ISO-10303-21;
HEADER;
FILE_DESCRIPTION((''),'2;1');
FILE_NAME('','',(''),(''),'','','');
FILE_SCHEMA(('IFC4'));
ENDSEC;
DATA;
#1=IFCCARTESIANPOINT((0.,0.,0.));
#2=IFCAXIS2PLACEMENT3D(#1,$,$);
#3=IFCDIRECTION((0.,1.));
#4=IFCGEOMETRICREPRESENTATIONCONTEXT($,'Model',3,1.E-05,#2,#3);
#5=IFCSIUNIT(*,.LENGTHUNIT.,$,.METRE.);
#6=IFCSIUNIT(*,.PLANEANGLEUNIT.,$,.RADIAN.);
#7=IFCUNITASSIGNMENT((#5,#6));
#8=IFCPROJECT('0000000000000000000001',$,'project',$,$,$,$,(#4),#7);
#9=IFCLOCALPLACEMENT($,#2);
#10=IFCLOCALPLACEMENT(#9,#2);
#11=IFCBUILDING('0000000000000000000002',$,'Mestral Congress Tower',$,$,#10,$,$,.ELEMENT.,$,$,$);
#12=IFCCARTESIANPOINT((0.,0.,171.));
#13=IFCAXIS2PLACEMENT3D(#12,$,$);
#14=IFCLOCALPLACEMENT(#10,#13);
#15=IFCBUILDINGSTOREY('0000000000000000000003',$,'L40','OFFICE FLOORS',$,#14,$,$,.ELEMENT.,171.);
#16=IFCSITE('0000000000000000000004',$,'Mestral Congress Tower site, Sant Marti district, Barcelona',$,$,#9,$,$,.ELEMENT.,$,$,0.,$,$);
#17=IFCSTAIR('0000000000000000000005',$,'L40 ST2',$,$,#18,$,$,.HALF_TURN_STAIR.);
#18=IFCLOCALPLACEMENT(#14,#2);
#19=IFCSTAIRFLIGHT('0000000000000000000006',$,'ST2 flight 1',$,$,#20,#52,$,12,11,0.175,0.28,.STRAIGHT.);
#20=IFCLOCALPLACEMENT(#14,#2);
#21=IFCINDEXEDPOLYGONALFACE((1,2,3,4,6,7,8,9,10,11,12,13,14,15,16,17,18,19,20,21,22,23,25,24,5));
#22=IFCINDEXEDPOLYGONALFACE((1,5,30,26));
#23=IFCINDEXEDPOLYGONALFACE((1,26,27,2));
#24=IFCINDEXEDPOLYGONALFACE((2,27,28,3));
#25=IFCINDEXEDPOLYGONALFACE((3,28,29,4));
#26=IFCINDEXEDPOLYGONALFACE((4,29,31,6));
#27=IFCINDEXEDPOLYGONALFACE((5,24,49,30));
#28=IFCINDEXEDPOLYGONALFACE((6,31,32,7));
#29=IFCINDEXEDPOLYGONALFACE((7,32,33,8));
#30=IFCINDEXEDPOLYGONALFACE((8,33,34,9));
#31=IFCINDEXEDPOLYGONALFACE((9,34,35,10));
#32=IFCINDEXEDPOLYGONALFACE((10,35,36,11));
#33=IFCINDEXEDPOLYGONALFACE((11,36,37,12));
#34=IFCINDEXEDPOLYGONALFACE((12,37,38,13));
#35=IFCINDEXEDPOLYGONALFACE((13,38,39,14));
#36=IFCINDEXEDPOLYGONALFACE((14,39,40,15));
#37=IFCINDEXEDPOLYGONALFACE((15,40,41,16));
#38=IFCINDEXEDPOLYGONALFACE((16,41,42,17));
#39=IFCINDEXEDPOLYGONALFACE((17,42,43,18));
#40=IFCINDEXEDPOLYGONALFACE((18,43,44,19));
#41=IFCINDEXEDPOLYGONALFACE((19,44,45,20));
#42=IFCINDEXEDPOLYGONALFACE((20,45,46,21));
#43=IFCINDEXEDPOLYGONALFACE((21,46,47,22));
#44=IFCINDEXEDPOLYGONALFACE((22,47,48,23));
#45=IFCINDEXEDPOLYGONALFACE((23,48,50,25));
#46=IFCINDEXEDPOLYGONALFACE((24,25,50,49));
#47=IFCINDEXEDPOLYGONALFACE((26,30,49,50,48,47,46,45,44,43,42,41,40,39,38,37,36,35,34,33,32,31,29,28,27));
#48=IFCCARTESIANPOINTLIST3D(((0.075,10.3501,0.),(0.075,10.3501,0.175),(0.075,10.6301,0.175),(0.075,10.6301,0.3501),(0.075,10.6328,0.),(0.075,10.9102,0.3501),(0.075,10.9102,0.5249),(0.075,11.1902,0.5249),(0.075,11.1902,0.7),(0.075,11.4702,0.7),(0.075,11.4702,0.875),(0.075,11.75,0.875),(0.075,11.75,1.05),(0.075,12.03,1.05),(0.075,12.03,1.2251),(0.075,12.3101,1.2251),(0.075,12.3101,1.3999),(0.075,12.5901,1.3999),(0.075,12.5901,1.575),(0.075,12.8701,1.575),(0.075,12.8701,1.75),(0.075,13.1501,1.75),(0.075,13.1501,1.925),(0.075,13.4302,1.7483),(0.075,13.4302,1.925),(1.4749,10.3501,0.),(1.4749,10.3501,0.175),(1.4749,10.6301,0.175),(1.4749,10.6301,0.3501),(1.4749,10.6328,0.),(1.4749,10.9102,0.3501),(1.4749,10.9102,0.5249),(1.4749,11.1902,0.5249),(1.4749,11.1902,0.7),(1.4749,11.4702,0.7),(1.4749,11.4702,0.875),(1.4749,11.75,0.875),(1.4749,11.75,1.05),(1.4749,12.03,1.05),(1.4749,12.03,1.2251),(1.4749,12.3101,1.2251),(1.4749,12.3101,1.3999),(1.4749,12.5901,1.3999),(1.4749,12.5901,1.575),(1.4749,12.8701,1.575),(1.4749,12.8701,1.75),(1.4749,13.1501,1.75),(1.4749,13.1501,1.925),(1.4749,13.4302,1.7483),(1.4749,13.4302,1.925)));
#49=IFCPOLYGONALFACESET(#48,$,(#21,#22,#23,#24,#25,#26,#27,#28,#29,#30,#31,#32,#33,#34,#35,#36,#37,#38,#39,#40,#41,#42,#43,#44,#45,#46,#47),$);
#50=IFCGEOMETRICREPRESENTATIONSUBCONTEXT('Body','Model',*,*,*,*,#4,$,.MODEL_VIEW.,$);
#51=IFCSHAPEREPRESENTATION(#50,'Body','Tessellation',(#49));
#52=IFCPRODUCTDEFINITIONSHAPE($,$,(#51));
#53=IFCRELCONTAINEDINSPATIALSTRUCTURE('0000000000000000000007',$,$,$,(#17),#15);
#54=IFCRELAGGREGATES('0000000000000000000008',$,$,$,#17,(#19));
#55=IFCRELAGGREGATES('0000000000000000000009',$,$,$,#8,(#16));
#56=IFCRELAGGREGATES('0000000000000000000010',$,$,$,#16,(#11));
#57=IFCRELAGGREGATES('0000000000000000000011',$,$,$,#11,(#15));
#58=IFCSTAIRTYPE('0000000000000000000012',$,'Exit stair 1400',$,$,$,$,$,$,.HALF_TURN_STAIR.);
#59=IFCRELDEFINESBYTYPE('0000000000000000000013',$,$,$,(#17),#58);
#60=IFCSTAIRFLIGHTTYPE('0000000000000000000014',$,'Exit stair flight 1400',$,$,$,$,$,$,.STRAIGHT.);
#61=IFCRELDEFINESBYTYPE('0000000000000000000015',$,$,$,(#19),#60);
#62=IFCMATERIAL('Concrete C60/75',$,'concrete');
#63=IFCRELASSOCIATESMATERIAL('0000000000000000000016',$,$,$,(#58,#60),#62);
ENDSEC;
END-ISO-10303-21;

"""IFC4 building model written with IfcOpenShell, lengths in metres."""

from ifc_helpers import new_model, si_unit, direction, frame, origin, place, context, subcontext, project, spatial, polyline, outline, extrude, material, type_object, element, aggregate, save


model = new_model("IFC4")

# Units and contexts
model_context = context("Model", 3, precision=1e-05, world=origin(), true_north=direction((0.0, 1.0)))
body_context = subcontext(model_context, "Body", "Model", "MODEL_VIEW")
ifc_project = project(units=[si_unit("LENGTHUNIT", "METRE"), si_unit("PLANEANGLEUNIT", "RADIAN")], contexts=[model_context])

# Site, building, storey
site_placement = place(None, origin())
site = spatial("IfcSite", under=ifc_project, at=site_placement, Name="Mestral Congress Tower site, Sant Marti district, Barcelona", CompositionType="ELEMENT", RefElevation=0.0)
building_placement = place(site_placement, origin())
building = spatial("IfcBuilding", under=site, at=building_placement, Name="Mestral Congress Tower", CompositionType="ELEMENT")
storey_placement = place(building_placement, frame((0.0, 0.0, 171.0)))
storey = spatial("IfcBuildingStorey", under=building, at=storey_placement, Name="L40", Description="OFFICE FLOORS", CompositionType="ELEMENT", Elevation=171.0)

# Shared definitions
ifc_material_1 = material(Name="Concrete C60/75", Category="concrete")

# Stair, stair flight
stair_type = type_object("IfcStairType", Name="Exit stair 1400", PredefinedType="HALF_TURN_STAIR", material=ifc_material_1)
stair_placement = place(storey_placement, origin())
stair = element("IfcStair", 1, at=stair_placement, inside=storey, type_object=stair_type, Name="L40 ST2", PredefinedType="HALF_TURN_STAIR")
stair_flight_type = type_object("IfcStairFlightType", Name="Exit stair flight 1400", PredefinedType="STRAIGHT", material=ifc_material_1)
stair_flight_placement = place(storey_placement, frame((0.7749, 10.3501, 0.0), z_axis=(0.0, 0.0, 1.0), x_axis=(0.0, 1.0, 0.0)))
stair_flight = element("IfcStairFlight", 2, at=stair_flight_placement, type_object=stair_flight_type, Name="ST2 flight 1", NumberOfRisers=12, NumberOfTreads=11, PredefinedType="STRAIGHT", RiserHeight=0.175, TreadLength=0.28, context=body_context, shape_type="SweptSolid", body=[
    extrude(outline(polyline([(0.0, 0.0), (0.0, 0.175), (0.28, 0.175), (0.28, 0.3501), (0.5601, 0.3501), (0.5601, 0.5249), (0.8401, 0.5249), (0.8401, 0.7), (1.1201, 0.7), (1.1201, 0.875), (1.3999, 0.875), (1.3999, 1.05), (1.6799, 1.05), (1.6799, 1.2251), (1.96, 1.2251), (1.96, 1.3999), (2.24, 1.3999), (2.24, 1.575), (2.52, 1.575), (2.52, 1.75), (2.8, 1.75), (2.8, 1.925), (3.0801, 1.925), (3.0801, 2.1001), (3.0801, 1.7483), (0.2827, 0.0), (0.0, 0.0)])), frame((0.0, 0.7, 0.0), z_axis=(0.0, -1.0, 0.0), x_axis=(1.0, 0.0, 0.0)), (0.0, 0.0, 1.0), 1.3999),
])
aggregate(stair, [stair_flight])

save(model, "model.ifc")
